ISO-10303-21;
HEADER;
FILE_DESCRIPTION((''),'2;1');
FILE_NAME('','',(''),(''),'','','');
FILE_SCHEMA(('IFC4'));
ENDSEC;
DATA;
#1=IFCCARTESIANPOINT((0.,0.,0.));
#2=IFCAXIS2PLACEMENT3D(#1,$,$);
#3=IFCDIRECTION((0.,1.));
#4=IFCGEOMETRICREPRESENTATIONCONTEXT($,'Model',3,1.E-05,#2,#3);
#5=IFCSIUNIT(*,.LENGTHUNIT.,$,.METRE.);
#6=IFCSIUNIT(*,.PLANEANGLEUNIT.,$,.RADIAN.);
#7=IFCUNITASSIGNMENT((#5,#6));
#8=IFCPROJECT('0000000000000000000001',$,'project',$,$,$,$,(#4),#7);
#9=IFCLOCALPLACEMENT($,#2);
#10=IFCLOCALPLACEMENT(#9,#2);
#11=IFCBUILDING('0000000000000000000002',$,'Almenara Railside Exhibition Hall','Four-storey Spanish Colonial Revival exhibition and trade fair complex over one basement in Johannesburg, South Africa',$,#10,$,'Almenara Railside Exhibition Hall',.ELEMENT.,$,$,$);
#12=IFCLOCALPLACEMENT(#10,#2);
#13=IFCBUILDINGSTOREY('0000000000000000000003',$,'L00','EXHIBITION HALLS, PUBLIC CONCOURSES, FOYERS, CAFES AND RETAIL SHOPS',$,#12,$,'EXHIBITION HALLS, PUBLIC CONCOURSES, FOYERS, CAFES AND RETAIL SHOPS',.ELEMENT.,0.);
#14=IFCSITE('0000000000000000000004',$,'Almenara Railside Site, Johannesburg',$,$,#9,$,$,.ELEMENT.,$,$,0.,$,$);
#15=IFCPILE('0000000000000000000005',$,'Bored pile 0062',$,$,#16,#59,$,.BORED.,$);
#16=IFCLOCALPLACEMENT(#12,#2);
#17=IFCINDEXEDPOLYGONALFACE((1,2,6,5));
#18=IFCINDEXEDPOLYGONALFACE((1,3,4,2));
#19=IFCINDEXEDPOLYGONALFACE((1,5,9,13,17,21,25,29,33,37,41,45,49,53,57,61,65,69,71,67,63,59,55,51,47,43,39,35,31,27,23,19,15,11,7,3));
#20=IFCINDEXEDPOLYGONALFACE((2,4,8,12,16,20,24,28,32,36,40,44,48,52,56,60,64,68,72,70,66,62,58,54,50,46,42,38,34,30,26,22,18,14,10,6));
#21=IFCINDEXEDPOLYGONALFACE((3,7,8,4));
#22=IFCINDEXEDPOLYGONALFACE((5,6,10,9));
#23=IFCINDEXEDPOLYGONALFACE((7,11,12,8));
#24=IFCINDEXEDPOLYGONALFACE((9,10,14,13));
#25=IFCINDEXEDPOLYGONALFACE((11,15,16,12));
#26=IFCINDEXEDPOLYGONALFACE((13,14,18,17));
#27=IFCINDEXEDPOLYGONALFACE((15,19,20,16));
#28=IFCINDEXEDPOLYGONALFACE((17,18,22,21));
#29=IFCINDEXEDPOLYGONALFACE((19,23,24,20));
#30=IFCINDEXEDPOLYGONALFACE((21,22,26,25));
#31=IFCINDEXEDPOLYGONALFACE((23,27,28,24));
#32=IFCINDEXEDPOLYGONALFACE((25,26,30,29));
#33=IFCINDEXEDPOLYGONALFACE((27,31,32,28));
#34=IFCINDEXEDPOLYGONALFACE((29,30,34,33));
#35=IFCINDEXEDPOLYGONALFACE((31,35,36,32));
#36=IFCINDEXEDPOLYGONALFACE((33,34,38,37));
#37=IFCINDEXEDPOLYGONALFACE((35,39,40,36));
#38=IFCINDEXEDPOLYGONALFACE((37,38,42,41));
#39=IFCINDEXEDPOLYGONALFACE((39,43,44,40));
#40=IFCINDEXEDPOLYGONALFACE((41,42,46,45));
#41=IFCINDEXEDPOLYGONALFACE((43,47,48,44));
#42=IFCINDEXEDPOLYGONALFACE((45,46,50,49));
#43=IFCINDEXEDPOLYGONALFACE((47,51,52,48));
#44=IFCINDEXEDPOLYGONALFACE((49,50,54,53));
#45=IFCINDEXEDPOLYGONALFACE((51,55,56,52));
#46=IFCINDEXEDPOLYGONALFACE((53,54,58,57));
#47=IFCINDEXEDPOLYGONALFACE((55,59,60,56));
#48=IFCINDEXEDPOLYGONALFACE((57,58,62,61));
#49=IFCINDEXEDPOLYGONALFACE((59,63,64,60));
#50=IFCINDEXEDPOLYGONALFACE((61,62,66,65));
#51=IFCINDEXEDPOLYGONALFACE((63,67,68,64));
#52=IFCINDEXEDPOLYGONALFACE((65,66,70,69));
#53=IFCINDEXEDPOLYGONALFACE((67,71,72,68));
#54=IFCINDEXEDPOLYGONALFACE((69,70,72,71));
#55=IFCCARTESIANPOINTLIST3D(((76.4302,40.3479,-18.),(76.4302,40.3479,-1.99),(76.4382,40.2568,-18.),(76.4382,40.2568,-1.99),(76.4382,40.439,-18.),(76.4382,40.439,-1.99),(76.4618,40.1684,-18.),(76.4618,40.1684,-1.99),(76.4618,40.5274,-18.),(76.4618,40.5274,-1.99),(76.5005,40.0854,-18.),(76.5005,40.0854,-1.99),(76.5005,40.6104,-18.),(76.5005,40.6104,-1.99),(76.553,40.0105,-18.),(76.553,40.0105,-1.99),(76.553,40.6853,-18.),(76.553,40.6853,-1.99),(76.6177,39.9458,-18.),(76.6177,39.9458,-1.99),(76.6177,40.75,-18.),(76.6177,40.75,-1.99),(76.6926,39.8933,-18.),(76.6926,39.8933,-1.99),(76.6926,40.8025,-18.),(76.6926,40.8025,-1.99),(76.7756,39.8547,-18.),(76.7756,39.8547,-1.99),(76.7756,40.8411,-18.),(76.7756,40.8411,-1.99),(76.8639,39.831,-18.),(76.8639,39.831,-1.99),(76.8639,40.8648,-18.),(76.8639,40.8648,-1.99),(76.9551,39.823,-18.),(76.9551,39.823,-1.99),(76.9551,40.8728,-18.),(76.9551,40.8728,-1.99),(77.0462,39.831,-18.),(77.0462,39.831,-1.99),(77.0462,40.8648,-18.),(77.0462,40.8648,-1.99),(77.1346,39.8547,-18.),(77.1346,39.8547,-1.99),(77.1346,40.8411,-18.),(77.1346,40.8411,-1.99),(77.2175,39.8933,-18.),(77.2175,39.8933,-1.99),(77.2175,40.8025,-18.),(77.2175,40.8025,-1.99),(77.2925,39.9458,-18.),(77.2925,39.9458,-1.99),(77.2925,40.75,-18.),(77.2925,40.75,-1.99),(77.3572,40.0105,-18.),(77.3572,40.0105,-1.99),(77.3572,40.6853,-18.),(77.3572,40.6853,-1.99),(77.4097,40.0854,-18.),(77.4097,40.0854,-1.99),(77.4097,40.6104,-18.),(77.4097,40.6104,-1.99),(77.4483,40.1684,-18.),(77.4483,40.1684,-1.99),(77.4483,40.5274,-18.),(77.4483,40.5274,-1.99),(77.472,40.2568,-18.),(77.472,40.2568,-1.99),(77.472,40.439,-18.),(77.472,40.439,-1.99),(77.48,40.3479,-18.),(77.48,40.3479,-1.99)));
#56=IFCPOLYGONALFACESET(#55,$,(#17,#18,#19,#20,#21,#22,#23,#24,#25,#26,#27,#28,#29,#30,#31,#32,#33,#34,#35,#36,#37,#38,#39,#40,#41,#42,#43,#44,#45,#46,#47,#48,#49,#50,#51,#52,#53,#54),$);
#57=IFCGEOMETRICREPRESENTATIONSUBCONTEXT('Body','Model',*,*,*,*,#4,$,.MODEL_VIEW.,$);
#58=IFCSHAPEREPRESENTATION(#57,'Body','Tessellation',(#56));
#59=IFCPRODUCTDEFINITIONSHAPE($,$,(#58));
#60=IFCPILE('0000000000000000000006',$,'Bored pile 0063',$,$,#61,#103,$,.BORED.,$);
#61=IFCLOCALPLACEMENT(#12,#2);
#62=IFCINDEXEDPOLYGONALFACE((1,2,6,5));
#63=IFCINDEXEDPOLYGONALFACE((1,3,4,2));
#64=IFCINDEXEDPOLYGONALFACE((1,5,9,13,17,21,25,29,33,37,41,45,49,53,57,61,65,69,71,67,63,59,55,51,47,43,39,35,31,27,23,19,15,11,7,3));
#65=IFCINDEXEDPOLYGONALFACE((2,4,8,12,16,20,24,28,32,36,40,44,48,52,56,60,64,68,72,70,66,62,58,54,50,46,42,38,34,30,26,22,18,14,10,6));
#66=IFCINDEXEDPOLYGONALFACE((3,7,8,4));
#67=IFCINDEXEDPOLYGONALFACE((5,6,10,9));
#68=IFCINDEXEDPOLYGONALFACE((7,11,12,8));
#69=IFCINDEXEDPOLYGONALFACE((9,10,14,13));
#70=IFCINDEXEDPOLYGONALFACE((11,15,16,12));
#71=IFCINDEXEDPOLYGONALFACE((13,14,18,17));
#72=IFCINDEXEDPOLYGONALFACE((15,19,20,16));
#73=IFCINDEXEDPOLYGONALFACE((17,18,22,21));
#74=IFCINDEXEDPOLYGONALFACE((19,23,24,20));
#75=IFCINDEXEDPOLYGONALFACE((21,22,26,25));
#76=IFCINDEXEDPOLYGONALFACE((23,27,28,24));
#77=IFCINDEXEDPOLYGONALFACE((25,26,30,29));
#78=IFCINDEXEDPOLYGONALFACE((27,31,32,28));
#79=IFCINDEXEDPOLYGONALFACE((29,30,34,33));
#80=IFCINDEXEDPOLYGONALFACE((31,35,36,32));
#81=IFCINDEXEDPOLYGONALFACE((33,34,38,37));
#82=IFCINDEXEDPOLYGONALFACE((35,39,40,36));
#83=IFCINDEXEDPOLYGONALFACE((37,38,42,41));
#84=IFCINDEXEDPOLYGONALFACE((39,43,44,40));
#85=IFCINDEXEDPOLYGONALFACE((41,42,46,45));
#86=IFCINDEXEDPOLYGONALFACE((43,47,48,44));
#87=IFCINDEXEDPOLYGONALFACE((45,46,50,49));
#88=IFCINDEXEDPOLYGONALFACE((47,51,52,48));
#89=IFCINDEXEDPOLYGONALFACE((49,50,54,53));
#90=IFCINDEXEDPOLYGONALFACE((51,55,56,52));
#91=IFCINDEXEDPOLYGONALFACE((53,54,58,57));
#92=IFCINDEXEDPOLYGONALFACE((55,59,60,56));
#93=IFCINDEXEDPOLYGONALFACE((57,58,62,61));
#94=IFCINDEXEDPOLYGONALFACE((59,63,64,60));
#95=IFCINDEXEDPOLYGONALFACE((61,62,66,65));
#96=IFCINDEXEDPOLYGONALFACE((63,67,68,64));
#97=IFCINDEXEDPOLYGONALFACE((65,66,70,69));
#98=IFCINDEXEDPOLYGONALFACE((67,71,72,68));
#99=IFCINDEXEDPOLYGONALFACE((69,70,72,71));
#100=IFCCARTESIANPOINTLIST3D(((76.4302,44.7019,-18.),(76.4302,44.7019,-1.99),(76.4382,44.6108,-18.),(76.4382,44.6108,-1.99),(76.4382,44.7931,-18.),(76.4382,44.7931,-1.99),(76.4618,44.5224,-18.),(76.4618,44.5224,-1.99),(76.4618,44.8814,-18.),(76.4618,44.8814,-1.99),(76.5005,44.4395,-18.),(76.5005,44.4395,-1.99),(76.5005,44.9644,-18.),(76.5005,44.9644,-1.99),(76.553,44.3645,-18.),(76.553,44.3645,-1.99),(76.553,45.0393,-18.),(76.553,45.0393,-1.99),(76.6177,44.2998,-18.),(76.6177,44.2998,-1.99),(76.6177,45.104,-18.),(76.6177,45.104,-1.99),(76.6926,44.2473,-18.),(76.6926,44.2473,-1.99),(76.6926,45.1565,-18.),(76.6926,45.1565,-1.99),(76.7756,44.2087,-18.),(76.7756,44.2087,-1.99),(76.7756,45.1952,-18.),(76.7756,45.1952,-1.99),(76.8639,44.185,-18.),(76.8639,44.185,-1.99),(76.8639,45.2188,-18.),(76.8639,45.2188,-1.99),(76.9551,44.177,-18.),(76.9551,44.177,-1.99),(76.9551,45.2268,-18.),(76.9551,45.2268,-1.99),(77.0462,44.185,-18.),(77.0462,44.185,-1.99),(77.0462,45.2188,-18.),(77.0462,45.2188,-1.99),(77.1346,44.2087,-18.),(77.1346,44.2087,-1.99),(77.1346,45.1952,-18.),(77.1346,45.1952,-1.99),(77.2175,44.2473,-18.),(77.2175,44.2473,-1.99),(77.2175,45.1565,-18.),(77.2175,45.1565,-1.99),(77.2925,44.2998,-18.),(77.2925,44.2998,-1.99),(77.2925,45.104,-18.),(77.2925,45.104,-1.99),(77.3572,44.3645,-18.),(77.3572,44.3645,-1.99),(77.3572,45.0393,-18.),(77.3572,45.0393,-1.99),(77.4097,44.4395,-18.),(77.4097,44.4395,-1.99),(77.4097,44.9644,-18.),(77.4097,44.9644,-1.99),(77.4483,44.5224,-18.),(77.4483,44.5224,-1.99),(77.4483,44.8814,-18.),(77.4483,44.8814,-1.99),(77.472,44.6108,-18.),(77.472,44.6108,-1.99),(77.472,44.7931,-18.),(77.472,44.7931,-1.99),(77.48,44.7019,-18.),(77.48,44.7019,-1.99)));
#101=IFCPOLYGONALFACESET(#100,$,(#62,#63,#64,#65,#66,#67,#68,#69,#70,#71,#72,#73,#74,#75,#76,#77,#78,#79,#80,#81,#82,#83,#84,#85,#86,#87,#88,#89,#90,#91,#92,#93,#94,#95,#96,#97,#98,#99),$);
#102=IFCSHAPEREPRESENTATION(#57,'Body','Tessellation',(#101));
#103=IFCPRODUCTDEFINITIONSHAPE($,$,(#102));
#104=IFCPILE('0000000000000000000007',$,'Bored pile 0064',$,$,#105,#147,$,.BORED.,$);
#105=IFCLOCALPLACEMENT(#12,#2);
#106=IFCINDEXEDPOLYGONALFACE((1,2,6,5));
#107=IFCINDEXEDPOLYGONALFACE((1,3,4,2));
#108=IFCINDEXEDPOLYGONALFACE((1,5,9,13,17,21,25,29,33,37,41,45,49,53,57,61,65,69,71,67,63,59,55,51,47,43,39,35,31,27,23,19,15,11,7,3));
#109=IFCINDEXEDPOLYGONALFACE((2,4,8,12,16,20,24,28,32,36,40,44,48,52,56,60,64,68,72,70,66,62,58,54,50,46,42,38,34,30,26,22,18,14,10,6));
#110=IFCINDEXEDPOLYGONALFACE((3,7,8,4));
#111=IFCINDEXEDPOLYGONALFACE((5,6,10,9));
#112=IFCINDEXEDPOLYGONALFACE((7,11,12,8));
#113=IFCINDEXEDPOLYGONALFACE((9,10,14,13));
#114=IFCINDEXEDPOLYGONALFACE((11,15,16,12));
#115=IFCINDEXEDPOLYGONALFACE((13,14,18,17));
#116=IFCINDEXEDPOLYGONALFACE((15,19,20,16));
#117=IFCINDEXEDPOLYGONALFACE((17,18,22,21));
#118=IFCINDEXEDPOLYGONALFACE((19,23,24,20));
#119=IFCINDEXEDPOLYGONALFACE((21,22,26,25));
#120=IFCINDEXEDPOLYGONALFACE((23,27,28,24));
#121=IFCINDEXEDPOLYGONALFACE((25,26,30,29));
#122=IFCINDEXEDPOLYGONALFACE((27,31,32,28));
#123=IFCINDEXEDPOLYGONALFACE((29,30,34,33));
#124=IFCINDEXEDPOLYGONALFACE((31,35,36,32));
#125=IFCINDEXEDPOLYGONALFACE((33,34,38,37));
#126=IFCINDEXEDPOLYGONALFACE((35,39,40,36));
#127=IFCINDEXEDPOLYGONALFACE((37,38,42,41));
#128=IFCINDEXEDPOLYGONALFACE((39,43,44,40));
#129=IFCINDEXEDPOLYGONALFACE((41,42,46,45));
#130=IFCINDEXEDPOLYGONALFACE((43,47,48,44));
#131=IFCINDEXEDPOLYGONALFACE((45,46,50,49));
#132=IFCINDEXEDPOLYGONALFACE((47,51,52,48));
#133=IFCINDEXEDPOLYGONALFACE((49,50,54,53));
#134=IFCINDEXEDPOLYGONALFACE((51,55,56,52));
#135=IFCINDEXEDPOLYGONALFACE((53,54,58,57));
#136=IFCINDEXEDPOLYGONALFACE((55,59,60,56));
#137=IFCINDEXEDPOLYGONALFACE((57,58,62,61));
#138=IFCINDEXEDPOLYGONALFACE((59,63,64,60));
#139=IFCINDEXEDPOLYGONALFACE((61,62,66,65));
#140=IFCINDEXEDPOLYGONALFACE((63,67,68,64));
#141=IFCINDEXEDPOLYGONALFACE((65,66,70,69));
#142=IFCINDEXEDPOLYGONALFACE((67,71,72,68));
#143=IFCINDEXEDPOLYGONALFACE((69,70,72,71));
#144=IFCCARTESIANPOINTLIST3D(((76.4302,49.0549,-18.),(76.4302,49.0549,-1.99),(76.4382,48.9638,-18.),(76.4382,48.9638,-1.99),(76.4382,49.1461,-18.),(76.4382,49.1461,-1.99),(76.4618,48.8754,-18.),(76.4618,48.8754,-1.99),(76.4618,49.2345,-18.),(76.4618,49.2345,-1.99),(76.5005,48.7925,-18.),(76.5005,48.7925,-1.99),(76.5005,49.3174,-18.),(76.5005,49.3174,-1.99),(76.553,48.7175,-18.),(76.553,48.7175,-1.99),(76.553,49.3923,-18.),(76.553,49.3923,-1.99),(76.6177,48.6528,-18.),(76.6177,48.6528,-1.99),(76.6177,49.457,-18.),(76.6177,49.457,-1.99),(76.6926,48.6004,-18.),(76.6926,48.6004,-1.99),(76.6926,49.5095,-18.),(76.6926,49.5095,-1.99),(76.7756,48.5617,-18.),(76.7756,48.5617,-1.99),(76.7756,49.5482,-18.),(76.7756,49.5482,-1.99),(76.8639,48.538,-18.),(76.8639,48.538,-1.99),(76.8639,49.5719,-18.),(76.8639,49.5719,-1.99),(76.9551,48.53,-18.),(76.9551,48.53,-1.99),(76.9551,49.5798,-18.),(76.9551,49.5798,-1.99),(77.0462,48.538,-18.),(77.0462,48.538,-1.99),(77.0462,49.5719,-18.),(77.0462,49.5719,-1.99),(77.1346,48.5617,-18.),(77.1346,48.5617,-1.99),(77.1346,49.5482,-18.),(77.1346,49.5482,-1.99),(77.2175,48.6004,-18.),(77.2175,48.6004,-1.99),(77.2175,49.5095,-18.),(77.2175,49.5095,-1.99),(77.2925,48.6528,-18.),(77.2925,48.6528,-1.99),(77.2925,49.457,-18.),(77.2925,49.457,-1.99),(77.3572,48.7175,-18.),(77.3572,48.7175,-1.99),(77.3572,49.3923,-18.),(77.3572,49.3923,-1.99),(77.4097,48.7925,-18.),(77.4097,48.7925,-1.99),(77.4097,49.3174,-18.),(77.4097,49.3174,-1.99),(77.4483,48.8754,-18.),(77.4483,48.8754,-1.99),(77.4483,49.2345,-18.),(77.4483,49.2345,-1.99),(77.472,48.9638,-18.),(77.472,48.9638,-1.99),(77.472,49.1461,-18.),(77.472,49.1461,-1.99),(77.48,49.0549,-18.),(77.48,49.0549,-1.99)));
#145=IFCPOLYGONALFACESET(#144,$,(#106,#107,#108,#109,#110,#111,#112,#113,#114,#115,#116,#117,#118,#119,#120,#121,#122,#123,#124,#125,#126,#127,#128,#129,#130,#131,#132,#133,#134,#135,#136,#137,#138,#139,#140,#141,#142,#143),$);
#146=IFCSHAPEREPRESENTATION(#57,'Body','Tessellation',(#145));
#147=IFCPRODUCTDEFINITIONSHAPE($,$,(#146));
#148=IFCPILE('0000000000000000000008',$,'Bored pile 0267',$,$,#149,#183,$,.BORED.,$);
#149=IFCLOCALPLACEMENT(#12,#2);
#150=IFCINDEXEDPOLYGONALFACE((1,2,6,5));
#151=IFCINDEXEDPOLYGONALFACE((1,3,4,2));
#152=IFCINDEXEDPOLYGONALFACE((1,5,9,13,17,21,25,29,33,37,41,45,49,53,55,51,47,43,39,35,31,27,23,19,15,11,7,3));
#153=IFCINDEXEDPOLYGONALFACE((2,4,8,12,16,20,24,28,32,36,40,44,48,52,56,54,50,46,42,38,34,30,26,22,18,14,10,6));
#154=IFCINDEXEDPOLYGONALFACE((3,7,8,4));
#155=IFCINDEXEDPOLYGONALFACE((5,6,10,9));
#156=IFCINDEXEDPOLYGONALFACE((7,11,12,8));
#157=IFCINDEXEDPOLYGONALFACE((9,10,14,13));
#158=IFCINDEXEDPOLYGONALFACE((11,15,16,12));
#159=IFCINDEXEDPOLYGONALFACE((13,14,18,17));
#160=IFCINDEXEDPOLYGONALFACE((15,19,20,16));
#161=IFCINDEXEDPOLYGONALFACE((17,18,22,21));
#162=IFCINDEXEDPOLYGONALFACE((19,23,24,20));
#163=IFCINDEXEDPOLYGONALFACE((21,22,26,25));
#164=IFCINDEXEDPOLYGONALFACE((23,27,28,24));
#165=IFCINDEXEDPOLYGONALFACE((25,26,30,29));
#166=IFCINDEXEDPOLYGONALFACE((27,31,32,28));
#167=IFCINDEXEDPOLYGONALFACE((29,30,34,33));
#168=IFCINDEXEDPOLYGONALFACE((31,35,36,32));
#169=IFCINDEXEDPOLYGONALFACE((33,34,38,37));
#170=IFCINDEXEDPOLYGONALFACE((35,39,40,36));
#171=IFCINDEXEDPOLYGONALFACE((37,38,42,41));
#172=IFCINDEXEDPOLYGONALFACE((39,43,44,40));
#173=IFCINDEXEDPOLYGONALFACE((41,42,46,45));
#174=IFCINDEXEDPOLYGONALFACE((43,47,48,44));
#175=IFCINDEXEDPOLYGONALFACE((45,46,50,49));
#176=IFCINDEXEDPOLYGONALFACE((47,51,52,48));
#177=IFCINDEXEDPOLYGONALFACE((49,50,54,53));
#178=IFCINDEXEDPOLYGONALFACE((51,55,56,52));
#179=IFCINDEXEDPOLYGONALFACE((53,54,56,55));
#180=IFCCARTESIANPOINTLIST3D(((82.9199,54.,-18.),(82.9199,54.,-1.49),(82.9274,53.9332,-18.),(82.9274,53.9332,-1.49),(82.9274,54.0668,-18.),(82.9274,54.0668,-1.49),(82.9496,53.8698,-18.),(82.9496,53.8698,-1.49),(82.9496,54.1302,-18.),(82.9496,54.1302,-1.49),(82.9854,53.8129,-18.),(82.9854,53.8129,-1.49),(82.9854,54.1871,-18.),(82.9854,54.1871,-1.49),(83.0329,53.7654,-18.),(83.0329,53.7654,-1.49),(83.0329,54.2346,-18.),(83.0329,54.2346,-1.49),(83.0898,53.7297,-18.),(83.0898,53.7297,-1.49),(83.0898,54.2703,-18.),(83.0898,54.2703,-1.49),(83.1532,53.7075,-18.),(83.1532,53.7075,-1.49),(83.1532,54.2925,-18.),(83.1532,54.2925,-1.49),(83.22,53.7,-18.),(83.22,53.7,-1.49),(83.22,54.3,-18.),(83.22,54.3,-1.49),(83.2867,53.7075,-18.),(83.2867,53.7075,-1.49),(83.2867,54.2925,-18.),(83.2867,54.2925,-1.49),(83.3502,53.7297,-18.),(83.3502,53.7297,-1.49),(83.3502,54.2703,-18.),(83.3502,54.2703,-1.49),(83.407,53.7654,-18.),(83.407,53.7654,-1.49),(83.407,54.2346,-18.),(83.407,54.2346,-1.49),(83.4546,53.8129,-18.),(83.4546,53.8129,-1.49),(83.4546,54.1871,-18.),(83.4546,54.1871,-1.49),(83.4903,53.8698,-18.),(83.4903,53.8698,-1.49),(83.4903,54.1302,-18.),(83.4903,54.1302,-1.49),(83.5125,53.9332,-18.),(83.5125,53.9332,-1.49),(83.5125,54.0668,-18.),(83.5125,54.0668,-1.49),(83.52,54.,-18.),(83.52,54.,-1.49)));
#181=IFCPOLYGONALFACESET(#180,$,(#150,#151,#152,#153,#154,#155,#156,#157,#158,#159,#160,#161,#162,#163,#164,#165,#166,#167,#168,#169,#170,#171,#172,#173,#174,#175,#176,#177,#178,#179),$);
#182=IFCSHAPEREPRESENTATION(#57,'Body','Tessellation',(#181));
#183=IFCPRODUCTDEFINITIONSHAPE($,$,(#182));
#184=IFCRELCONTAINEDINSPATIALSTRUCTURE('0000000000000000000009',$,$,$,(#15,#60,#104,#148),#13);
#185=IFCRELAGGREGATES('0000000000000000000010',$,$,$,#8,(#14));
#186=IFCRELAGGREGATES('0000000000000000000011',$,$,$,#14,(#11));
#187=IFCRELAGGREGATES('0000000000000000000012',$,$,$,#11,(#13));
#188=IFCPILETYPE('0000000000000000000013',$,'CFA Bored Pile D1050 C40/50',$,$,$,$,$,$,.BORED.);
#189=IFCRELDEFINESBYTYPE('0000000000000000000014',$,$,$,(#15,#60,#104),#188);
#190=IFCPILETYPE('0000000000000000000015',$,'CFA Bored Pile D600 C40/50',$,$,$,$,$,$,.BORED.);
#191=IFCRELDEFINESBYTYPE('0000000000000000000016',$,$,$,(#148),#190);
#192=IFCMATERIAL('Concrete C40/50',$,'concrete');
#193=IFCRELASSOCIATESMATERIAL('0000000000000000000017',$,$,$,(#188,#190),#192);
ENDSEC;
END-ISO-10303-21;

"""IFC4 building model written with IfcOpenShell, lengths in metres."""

from ifc_helpers import new_model, si_unit, direction, frame, origin, origin_2d, place, context, subcontext, project, spatial, circle, extrude, material, material_profile, profile_set, type_object, element, save


model = new_model("IFC4")

# Units and contexts
model_context = context("Model", 3, precision=1e-05, world=origin(), true_north=direction((0.0, 1.0)))
body_context = subcontext(model_context, "Body", "Model", "MODEL_VIEW")
ifc_project = project(units=[si_unit("LENGTHUNIT", "METRE"), si_unit("PLANEANGLEUNIT", "RADIAN")], contexts=[model_context])

# Site, building, storey
site_placement = place(None, origin())
site = spatial("IfcSite", under=ifc_project, at=site_placement, Name="Almenara Railside Site, Johannesburg", CompositionType="ELEMENT", RefElevation=0.0)
building_placement = place(site_placement, origin())
building = spatial("IfcBuilding", under=site, at=building_placement, Name="Almenara Railside Exhibition Hall", Description="Four-storey Spanish Colonial Revival exhibition and trade fair complex over one basement in Johannesburg, South Africa", LongName="Almenara Railside Exhibition Hall", CompositionType="ELEMENT")
storey_placement = place(building_placement, origin())
storey = spatial("IfcBuildingStorey", under=building, at=storey_placement, Name="L00", Description="EXHIBITION HALLS, PUBLIC CONCOURSES, FOYERS, CAFES AND RETAIL SHOPS", LongName="EXHIBITION HALLS, PUBLIC CONCOURSES, FOYERS, CAFES AND RETAIL SHOPS", CompositionType="ELEMENT", Elevation=0.0)

# Piles
ifc_material_1 = material(Name="Concrete C40/50", Category="concrete")
ifc_material_profile_1 = material_profile(ifc_material_1, circle(Radius=0.5249, at=origin_2d()), Name="CFA-PILE D1050")
ifc_profile_set_1 = profile_set([ifc_material_profile_1], Name="Concrete C40/50")
pile_type_1 = type_object("IfcPileType", Name="CFA Bored Pile D1050 C40/50", PredefinedType="BORED", material=ifc_profile_set_1)
for number, where, z_axis, x_axis, name in (
    (1, (76.9551, 40.3479, -1.99), (0.0, 0.0, -1.0), (1.0, 0.0, 0.0), "Bored pile 0062"),
    (2, (76.9551, 44.7019, -1.99), (0.0, 0.0, -1.0), (1.0, 0.0, 0.0), "Bored pile 0063"),
    (3, (76.9551, 49.0549, -1.99), (0.0, 0.0, -1.0), (1.0, 0.0, 0.0), "Bored pile 0064"),
):
    element("IfcPile", number, at=place(storey_placement, frame(where, z_axis=z_axis, x_axis=x_axis)), inside=storey, type_object=pile_type_1, Name=name, PredefinedType="BORED", context=body_context, shape_type="SweptSolid", body=[
        extrude(circle(Radius=0.5249, at=origin_2d()), origin(), (0.0, 0.0, 1.0), 16.01),
    ])
ifc_material_profile_2 = material_profile(ifc_material_1, circle(Radius=0.3, at=origin_2d()), Name="CFA-PILE D600")
ifc_profile_set_2 = profile_set([ifc_material_profile_2], Name="Concrete C40/50")
pile_type_2 = type_object("IfcPileType", Name="CFA Bored Pile D600 C40/50", PredefinedType="BORED", material=ifc_profile_set_2)
for number, where, z_axis, x_axis, name in (
    (4, (83.22, 54.0, -1.49), (0.0, 0.0, -1.0), (1.0, 0.0, 0.0), "Bored pile 0267"),
):
    element("IfcPile", number, at=place(storey_placement, frame(where, z_axis=z_axis, x_axis=x_axis)), inside=storey, type_object=pile_type_2, Name=name, PredefinedType="BORED", context=body_context, shape_type="SweptSolid", body=[
        extrude(circle(Radius=0.3, at=origin_2d()), origin(), (0.0, 0.0, 1.0), 16.51),
    ])

save(model, "model.ifc")
